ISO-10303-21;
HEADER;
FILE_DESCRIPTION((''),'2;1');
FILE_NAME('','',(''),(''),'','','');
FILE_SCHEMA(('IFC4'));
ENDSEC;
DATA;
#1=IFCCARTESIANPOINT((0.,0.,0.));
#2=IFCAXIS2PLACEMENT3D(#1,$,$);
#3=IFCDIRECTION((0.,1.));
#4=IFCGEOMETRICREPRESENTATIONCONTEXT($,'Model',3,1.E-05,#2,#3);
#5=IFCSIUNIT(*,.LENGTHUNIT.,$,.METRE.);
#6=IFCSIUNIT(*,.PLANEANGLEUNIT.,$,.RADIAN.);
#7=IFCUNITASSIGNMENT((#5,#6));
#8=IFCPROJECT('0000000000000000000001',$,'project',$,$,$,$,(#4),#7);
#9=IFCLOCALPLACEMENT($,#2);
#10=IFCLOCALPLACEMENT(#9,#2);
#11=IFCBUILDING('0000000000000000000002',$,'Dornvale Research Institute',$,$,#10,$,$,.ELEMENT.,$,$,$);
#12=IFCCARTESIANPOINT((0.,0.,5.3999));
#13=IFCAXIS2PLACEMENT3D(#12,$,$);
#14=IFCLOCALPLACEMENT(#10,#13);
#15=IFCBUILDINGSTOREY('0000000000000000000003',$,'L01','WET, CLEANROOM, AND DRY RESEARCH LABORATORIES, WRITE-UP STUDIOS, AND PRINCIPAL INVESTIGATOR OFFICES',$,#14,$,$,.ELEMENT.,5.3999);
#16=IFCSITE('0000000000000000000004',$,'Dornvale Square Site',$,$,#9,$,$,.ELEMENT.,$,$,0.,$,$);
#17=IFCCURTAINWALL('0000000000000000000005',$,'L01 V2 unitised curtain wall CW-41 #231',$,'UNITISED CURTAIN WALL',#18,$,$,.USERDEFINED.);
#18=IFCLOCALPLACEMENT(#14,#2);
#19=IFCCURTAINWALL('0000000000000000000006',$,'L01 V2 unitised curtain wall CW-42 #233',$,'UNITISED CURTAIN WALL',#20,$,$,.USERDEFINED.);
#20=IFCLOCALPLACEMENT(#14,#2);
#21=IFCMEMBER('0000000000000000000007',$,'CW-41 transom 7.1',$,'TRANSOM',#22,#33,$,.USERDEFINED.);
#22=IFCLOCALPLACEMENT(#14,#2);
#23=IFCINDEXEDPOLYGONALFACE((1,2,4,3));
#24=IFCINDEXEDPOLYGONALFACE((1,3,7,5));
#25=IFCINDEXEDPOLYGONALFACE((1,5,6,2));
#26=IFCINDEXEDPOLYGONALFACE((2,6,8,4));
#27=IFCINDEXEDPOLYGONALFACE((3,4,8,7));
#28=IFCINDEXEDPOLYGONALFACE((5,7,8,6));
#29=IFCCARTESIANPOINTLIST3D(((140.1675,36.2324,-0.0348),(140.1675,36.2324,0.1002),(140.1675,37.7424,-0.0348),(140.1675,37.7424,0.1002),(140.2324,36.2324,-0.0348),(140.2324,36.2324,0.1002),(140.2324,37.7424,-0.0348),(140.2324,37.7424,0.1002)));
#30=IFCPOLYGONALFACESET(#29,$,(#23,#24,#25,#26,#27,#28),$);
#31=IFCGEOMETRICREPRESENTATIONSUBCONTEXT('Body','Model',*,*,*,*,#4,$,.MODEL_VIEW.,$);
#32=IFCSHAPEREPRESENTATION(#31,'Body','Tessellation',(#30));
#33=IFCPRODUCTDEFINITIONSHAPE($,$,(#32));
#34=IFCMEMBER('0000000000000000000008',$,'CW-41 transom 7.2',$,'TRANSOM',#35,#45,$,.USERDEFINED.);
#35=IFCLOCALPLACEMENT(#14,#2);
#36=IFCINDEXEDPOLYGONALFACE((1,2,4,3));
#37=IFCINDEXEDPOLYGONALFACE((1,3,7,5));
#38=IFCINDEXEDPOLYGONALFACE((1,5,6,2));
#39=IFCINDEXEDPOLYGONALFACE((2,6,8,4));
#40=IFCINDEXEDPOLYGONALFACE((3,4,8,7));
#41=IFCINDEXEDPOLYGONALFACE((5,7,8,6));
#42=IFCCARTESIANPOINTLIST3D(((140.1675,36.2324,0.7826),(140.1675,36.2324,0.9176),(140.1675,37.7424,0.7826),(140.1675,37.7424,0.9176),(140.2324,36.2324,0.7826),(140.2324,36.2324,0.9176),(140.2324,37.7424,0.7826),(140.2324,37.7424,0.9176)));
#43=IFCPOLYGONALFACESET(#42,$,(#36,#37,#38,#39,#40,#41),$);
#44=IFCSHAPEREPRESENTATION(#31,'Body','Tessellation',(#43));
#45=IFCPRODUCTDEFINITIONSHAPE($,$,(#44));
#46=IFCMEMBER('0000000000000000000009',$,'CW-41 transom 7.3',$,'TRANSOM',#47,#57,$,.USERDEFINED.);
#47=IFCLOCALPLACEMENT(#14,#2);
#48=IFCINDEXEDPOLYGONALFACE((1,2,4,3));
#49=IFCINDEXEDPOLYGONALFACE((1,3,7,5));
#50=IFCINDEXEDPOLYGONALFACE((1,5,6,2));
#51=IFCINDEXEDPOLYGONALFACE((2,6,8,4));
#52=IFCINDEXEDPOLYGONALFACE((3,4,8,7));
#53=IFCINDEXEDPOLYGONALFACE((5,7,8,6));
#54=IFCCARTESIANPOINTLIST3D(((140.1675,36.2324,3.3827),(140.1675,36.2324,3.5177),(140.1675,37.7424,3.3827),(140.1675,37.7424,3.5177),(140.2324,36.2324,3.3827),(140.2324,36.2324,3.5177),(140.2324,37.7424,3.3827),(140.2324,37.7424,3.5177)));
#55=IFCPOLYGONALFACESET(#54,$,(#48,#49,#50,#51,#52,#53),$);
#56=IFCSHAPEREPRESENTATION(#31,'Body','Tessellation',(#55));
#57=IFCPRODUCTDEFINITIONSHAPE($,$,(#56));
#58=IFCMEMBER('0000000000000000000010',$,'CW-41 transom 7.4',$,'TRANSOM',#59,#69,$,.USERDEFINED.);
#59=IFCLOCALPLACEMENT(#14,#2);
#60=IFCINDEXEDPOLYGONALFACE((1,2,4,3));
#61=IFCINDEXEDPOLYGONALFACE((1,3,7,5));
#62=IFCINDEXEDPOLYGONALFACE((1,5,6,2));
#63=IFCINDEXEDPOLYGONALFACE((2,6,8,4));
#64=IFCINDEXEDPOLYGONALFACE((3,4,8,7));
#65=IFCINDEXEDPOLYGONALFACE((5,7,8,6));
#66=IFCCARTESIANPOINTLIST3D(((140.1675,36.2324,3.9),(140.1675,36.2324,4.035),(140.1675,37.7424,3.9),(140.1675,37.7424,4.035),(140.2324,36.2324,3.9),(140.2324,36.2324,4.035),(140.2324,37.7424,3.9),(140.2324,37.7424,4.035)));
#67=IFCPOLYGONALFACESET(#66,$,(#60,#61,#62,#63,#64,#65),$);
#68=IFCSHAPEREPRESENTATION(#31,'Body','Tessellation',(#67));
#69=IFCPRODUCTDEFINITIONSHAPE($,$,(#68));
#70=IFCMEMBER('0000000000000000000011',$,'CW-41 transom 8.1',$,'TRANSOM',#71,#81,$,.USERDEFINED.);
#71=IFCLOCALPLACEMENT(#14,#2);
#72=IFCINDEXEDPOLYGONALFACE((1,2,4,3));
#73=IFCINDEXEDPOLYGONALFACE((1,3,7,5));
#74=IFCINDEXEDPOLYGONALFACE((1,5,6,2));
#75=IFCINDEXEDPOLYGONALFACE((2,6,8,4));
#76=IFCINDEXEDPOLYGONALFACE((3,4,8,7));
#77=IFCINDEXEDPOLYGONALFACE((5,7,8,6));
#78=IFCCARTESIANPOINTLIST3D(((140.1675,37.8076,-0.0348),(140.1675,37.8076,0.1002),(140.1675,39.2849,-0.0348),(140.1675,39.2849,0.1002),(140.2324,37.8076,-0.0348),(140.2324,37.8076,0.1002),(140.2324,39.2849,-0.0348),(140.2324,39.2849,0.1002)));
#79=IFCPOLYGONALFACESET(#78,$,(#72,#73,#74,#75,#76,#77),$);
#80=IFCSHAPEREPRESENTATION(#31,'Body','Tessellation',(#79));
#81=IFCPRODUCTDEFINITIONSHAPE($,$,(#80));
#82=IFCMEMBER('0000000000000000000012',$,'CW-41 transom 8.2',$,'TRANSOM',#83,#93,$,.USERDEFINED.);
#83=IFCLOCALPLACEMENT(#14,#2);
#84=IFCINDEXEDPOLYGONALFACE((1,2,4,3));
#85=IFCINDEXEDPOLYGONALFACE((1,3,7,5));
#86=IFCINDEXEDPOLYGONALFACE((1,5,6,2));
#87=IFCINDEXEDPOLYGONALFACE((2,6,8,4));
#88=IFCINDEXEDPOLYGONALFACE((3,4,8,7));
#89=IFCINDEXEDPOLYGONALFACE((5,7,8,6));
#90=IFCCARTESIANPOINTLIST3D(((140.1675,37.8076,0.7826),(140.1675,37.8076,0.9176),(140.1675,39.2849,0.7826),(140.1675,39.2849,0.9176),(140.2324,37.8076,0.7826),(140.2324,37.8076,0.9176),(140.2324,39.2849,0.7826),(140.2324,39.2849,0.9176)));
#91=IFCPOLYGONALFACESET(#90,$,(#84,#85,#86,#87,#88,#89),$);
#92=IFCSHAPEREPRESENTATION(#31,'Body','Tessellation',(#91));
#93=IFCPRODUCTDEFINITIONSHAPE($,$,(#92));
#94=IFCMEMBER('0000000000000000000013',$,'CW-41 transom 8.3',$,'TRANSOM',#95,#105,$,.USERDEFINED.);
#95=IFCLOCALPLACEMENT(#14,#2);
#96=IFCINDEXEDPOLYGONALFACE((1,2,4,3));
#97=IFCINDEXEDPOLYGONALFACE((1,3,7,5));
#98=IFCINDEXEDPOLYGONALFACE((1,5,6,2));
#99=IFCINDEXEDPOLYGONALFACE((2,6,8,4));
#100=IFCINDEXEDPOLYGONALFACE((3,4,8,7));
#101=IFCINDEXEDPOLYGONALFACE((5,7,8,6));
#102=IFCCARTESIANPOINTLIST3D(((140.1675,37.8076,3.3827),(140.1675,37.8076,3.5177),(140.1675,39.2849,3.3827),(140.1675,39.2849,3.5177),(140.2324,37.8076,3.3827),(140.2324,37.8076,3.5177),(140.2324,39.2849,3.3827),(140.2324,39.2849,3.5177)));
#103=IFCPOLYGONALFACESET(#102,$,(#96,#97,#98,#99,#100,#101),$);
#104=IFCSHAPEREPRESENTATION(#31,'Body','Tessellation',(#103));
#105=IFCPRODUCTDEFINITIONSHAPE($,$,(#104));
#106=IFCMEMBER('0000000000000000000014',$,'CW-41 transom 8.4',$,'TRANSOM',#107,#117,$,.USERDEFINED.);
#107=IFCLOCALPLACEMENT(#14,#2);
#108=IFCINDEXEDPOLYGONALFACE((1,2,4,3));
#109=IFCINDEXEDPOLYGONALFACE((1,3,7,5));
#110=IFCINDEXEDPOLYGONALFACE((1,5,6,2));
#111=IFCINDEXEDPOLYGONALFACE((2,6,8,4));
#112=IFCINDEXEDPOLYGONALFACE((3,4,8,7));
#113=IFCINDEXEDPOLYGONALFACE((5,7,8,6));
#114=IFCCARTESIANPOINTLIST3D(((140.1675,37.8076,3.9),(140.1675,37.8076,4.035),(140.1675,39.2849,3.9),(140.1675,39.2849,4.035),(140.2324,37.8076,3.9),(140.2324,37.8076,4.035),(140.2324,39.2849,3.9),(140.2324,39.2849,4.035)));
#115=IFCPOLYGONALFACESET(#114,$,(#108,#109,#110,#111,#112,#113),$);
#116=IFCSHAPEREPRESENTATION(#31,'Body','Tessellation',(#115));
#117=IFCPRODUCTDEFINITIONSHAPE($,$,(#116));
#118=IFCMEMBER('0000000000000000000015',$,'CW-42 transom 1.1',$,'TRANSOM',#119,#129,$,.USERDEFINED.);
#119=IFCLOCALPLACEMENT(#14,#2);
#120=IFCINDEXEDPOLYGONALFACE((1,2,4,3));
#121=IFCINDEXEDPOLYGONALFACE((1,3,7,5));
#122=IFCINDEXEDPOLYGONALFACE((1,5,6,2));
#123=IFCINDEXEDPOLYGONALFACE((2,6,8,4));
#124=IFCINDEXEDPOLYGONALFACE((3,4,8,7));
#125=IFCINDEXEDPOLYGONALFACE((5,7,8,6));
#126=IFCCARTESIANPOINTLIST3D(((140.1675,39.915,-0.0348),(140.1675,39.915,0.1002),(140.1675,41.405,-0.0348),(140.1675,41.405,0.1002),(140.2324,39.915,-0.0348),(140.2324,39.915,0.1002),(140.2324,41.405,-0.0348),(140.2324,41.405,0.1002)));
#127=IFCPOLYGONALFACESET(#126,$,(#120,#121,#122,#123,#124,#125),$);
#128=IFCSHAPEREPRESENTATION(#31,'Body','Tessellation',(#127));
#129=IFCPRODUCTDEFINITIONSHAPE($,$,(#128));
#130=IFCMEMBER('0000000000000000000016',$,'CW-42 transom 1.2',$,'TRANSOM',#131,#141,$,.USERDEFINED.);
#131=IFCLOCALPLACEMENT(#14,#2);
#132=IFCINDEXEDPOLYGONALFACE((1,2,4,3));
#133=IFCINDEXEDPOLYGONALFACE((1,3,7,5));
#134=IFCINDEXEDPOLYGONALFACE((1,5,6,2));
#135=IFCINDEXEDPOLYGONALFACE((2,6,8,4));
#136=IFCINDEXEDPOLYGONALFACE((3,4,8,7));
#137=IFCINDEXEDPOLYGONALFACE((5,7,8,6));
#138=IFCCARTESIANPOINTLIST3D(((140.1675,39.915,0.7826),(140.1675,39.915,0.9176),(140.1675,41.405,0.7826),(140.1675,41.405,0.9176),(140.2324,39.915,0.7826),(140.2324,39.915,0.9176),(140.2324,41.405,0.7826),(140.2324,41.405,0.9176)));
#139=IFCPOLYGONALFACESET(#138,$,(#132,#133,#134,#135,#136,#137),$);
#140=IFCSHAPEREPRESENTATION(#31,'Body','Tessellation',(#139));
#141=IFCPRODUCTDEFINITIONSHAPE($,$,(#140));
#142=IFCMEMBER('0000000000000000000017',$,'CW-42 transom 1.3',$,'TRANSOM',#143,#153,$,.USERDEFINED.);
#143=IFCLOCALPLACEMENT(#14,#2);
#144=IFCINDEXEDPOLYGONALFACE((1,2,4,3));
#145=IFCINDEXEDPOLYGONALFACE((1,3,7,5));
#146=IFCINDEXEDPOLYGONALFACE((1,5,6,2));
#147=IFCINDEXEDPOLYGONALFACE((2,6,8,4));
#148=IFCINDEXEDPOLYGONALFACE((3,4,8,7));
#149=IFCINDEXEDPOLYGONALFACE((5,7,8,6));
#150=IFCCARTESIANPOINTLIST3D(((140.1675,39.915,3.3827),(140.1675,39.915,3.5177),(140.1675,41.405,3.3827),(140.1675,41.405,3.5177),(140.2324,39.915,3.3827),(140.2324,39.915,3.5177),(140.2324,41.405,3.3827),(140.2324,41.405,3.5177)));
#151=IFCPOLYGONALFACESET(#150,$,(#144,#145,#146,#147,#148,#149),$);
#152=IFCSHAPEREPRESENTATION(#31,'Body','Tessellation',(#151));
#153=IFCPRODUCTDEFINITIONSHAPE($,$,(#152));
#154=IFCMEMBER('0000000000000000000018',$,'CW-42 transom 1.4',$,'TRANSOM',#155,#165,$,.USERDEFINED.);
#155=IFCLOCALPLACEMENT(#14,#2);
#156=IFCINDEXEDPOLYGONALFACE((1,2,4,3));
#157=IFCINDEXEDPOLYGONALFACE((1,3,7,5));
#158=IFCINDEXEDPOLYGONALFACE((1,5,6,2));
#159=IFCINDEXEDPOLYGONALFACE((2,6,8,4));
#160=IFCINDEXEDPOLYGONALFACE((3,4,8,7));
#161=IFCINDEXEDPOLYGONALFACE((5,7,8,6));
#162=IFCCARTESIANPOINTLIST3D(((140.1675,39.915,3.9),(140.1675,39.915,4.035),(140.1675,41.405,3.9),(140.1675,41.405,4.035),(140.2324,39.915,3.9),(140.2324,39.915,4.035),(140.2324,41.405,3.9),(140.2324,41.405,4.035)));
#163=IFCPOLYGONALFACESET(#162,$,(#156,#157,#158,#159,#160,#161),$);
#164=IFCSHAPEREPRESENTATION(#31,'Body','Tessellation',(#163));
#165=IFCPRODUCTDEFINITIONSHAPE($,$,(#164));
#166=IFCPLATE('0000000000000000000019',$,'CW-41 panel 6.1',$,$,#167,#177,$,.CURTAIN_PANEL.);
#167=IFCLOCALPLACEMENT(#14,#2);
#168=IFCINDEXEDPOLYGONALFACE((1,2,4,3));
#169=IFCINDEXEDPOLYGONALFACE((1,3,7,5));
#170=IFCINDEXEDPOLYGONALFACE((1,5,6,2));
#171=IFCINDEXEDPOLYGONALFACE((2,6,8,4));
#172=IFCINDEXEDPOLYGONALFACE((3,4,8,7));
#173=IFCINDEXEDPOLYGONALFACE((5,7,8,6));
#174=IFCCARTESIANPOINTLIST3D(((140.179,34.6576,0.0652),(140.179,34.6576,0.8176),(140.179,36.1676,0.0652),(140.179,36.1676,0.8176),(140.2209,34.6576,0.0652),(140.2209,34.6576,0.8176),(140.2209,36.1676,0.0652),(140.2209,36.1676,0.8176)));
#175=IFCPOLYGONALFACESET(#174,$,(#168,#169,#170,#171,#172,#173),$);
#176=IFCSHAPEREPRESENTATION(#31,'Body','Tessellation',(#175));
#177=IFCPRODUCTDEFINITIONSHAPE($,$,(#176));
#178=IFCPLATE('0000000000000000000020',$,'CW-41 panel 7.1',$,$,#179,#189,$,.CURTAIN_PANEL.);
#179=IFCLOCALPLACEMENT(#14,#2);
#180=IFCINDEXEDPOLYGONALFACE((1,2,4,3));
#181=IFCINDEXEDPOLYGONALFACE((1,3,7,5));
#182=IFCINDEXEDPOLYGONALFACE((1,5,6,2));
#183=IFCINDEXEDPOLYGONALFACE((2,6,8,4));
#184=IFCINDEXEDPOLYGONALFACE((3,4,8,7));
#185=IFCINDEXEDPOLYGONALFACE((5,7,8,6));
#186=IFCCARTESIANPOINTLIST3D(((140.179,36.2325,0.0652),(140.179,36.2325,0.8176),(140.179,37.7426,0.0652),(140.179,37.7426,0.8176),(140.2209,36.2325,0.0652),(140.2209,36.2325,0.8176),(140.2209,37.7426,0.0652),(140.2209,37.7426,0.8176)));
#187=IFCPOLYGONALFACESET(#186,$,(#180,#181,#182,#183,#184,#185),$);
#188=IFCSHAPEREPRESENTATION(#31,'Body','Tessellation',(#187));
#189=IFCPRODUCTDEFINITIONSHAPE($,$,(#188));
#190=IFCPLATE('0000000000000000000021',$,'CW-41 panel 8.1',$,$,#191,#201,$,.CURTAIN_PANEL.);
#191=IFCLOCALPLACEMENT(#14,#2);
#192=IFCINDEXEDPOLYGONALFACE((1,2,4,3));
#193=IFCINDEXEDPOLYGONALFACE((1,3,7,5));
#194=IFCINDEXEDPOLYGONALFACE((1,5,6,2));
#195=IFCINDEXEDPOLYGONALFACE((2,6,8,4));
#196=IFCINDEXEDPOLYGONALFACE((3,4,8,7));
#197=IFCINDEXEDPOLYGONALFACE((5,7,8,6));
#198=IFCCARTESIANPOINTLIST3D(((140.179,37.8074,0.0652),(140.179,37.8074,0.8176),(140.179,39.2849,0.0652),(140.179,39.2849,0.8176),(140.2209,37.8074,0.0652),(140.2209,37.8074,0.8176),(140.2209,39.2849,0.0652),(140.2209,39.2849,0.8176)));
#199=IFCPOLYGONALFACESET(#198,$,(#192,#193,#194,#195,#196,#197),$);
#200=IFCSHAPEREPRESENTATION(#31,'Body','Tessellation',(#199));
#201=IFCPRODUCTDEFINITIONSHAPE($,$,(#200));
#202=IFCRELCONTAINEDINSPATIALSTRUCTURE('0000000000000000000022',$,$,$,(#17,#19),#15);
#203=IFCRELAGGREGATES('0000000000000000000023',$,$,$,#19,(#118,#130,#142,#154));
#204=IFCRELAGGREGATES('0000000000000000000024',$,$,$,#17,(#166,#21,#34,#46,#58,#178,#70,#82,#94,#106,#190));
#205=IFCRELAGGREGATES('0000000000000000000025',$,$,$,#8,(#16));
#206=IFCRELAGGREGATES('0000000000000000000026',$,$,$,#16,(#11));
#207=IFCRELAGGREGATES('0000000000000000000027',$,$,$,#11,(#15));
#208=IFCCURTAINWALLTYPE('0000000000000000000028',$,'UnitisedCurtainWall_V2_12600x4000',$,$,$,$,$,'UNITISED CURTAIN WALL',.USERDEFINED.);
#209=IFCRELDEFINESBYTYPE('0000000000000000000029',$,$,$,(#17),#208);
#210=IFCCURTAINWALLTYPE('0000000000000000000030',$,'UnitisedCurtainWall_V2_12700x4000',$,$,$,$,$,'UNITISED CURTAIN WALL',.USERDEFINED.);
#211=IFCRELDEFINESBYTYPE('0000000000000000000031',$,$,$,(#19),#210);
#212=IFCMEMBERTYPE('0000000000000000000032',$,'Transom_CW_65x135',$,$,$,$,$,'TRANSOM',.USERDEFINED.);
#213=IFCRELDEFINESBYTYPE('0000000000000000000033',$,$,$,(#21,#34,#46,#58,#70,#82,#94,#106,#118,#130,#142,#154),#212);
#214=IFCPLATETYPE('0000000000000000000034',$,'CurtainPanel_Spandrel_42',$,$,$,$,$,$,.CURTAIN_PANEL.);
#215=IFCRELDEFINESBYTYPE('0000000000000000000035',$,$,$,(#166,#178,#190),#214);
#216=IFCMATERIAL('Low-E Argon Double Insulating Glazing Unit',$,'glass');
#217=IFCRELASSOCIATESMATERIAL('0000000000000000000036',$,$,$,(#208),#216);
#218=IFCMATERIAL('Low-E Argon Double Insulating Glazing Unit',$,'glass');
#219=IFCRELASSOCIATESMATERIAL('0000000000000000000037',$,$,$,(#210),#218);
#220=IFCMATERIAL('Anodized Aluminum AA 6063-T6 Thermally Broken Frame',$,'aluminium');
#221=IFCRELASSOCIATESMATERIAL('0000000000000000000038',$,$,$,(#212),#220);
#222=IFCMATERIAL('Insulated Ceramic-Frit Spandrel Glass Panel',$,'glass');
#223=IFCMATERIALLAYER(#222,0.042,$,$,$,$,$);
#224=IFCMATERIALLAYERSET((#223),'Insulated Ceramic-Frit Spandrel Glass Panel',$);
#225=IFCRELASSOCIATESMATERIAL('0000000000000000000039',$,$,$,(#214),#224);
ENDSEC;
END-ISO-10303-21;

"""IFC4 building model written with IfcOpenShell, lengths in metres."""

from ifc_helpers import new_model, si_unit, direction, frame, origin, origin_2d, place, context, subcontext, project, spatial, rectangle, extrude, material, layer, layer_set, material_profile, profile_set, type_object, element, aggregate, save


model = new_model("IFC4")

# Units and contexts
model_context = context("Model", 3, precision=1e-05, world=origin(), true_north=direction((0.0, 1.0)))
body_context = subcontext(model_context, "Body", "Model", "MODEL_VIEW")
ifc_project = project(units=[si_unit("LENGTHUNIT", "METRE"), si_unit("PLANEANGLEUNIT", "RADIAN")], contexts=[model_context])

# Site, building, storey
site_placement = place(None, origin())
site = spatial("IfcSite", under=ifc_project, at=site_placement, Name="Dornvale Square Site", CompositionType="ELEMENT", RefElevation=0.0)
building_placement = place(site_placement, origin())
building = spatial("IfcBuilding", under=site, at=building_placement, Name="Dornvale Research Institute", CompositionType="ELEMENT")
storey_placement = place(building_placement, frame((0.0, 0.0, 5.3999)))
storey = spatial("IfcBuildingStorey", under=building, at=storey_placement, Name="L01", Description="WET, CLEANROOM, AND DRY RESEARCH LABORATORIES, WRITE-UP STUDIOS, AND PRINCIPAL INVESTIGATOR OFFICES", CompositionType="ELEMENT", Elevation=5.3999)

# Curtain wall
ifc_material_1 = material(Name="Low-E Argon Double Insulating Glazing Unit", Category="glass")
curtain_wall_type_1 = type_object("IfcCurtainWallType", Name="UnitisedCurtainWall_V2_12600x4000", ElementType="UNITISED CURTAIN WALL", PredefinedType="USERDEFINED", material=ifc_material_1)
curtain_wall_1_placement = place(storey_placement, origin())
curtain_wall_1 = element("IfcCurtainWall", 1, at=curtain_wall_1_placement, inside=storey, type_object=curtain_wall_type_1, Name="L01 V2 unitised curtain wall CW-41 #231", ObjectType="UNITISED CURTAIN WALL", PredefinedType="USERDEFINED")

# Curtain wall
ifc_material_2 = material(Name="Low-E Argon Double Insulating Glazing Unit", Category="glass")
curtain_wall_type_2 = type_object("IfcCurtainWallType", Name="UnitisedCurtainWall_V2_12700x4000", ElementType="UNITISED CURTAIN WALL", PredefinedType="USERDEFINED", material=ifc_material_2)
curtain_wall_2_placement = place(storey_placement, origin())
curtain_wall_2 = element("IfcCurtainWall", 2, at=curtain_wall_2_placement, inside=storey, type_object=curtain_wall_type_2, Name="L01 V2 unitised curtain wall CW-42 #233", ObjectType="UNITISED CURTAIN WALL", PredefinedType="USERDEFINED")

# Members
ifc_material_3 = material(Name="Anodized Aluminum AA 6063-T6 Thermally Broken Frame", Category="aluminium")
ifc_material_profile_1 = material_profile(ifc_material_3, rectangle(XDim=0.0649, YDim=0.135, at=origin_2d()), Name="ALU TRANSOM 65x135")
ifc_profile_set_1 = profile_set([ifc_material_profile_1], Name="Anodized Aluminum AA 6063-T6 Thermally Broken Frame")
member_type_1 = type_object("IfcMemberType", Name="Transom_CW_65x135", ElementType="TRANSOM", PredefinedType="USERDEFINED", material=ifc_profile_set_1)
member_1_placement = place(storey_placement, frame((140.2, 36.2324, 0.0327), z_axis=(0.0, 1.0, 0.0), x_axis=(-1.0, 0.0, 0.0)))
member_1 = element("IfcMember", 3, at=member_1_placement, type_object=member_type_1, Name="CW-41 transom 7.1", ObjectType="TRANSOM", PredefinedType="USERDEFINED", context=body_context, shape_type="SweptSolid", body=[
    extrude(rectangle(XDim=0.0649, YDim=0.135, at=origin_2d()), origin(), (0.0, 0.0, 1.0), 1.51),
])
member_2_placement = place(storey_placement, frame((140.2, 36.2324, 0.8501), z_axis=(0.0, 1.0, 0.0), x_axis=(-1.0, 0.0, 0.0)))
member_2 = element("IfcMember", 4, at=member_2_placement, type_object=member_type_1, Name="CW-41 transom 7.2", ObjectType="TRANSOM", PredefinedType="USERDEFINED", context=body_context, shape_type="SweptSolid", body=[
    extrude(rectangle(XDim=0.0649, YDim=0.135, at=origin_2d()), origin(), (0.0, 0.0, 1.0), 1.51),
])
member_3_placement = place(storey_placement, frame((140.2, 36.2324, 3.4502), z_axis=(0.0, 1.0, 0.0), x_axis=(-1.0, 0.0, 0.0)))
member_3 = element("IfcMember", 5, at=member_3_placement, type_object=member_type_1, Name="CW-41 transom 7.3", ObjectType="TRANSOM", PredefinedType="USERDEFINED", context=body_context, shape_type="SweptSolid", body=[
    extrude(rectangle(XDim=0.0649, YDim=0.135, at=origin_2d()), origin(), (0.0, 0.0, 1.0), 1.51),
])
member_4_placement = place(storey_placement, frame((140.2, 36.2324, 3.9675), z_axis=(0.0, 1.0, 0.0), x_axis=(-1.0, 0.0, 0.0)))
member_4 = element("IfcMember", 6, at=member_4_placement, type_object=member_type_1, Name="CW-41 transom 7.4", ObjectType="TRANSOM", PredefinedType="USERDEFINED", context=body_context, shape_type="SweptSolid", body=[
    extrude(rectangle(XDim=0.0649, YDim=0.135, at=origin_2d()), origin(), (0.0, 0.0, 1.0), 1.51),
])
member_5_placement = place(storey_placement, frame((140.2, 37.8076, 0.0327), z_axis=(0.0, 1.0, 0.0), x_axis=(-1.0, 0.0, 0.0)))
member_5 = element("IfcMember", 7, at=member_5_placement, type_object=member_type_1, Name="CW-41 transom 8.1", ObjectType="TRANSOM", PredefinedType="USERDEFINED", context=body_context, shape_type="SweptSolid", body=[
    extrude(rectangle(XDim=0.0649, YDim=0.135, at=origin_2d()), origin(), (0.0, 0.0, 1.0), 1.4773),
])
member_6_placement = place(storey_placement, frame((140.2, 37.8076, 0.8501), z_axis=(0.0, 1.0, 0.0), x_axis=(-1.0, 0.0, 0.0)))
member_6 = element("IfcMember", 8, at=member_6_placement, type_object=member_type_1, Name="CW-41 transom 8.2", ObjectType="TRANSOM", PredefinedType="USERDEFINED", context=body_context, shape_type="SweptSolid", body=[
    extrude(rectangle(XDim=0.0649, YDim=0.135, at=origin_2d()), origin(), (0.0, 0.0, 1.0), 1.4773),
])
member_7_placement = place(storey_placement, frame((140.2, 37.8076, 3.4502), z_axis=(0.0, 1.0, 0.0), x_axis=(-1.0, 0.0, 0.0)))
member_7 = element("IfcMember", 9, at=member_7_placement, type_object=member_type_1, Name="CW-41 transom 8.3", ObjectType="TRANSOM", PredefinedType="USERDEFINED", context=body_context, shape_type="SweptSolid", body=[
    extrude(rectangle(XDim=0.0649, YDim=0.135, at=origin_2d()), origin(), (0.0, 0.0, 1.0), 1.4773),
])
member_8_placement = place(storey_placement, frame((140.2, 37.8076, 3.9675), z_axis=(0.0, 1.0, 0.0), x_axis=(-1.0, 0.0, 0.0)))
member_8 = element("IfcMember", 10, at=member_8_placement, type_object=member_type_1, Name="CW-41 transom 8.4", ObjectType="TRANSOM", PredefinedType="USERDEFINED", context=body_context, shape_type="SweptSolid", body=[
    extrude(rectangle(XDim=0.0649, YDim=0.135, at=origin_2d()), origin(), (0.0, 0.0, 1.0), 1.4773),
])
member_9_placement = place(storey_placement, frame((140.2, 39.915, 0.0327), z_axis=(0.0, 1.0, 0.0), x_axis=(-1.0, 0.0, 0.0)))
member_9 = element("IfcMember", 11, at=member_9_placement, type_object=member_type_1, Name="CW-42 transom 1.1", ObjectType="TRANSOM", PredefinedType="USERDEFINED", context=body_context, shape_type="SweptSolid", body=[
    extrude(rectangle(XDim=0.0649, YDim=0.135, at=origin_2d()), origin(), (0.0, 0.0, 1.0), 1.49),
])
member_10_placement = place(storey_placement, frame((140.2, 39.915, 0.8501), z_axis=(0.0, 1.0, 0.0), x_axis=(-1.0, 0.0, 0.0)))
member_10 = element("IfcMember", 12, at=member_10_placement, type_object=member_type_1, Name="CW-42 transom 1.2", ObjectType="TRANSOM", PredefinedType="USERDEFINED", context=body_context, shape_type="SweptSolid", body=[
    extrude(rectangle(XDim=0.0649, YDim=0.135, at=origin_2d()), origin(), (0.0, 0.0, 1.0), 1.49),
])
member_11_placement = place(storey_placement, frame((140.2, 39.915, 3.4502), z_axis=(0.0, 1.0, 0.0), x_axis=(-1.0, 0.0, 0.0)))
member_11 = element("IfcMember", 13, at=member_11_placement, type_object=member_type_1, Name="CW-42 transom 1.3", ObjectType="TRANSOM", PredefinedType="USERDEFINED", context=body_context, shape_type="SweptSolid", body=[
    extrude(rectangle(XDim=0.0649, YDim=0.135, at=origin_2d()), origin(), (0.0, 0.0, 1.0), 1.49),
])
member_12_placement = place(storey_placement, frame((140.2, 39.915, 3.9675), z_axis=(0.0, 1.0, 0.0), x_axis=(-1.0, 0.0, 0.0)))
member_12 = element("IfcMember", 14, at=member_12_placement, type_object=member_type_1, Name="CW-42 transom 1.4", ObjectType="TRANSOM", PredefinedType="USERDEFINED", context=body_context, shape_type="SweptSolid", body=[
    extrude(rectangle(XDim=0.0649, YDim=0.135, at=origin_2d()), origin(), (0.0, 0.0, 1.0), 1.49),
])

# Plates
ifc_material_4 = material(Name="Insulated Ceramic-Frit Spandrel Glass Panel", Category="glass")
ifc_layer_1 = layer(ifc_material_4, 0.042)
ifc_layer_set_1 = layer_set([ifc_layer_1], Name="Insulated Ceramic-Frit Spandrel Glass Panel")
plate_type_1 = type_object("IfcPlateType", Name="CurtainPanel_Spandrel_42", PredefinedType="CURTAIN_PANEL", material=ifc_layer_set_1)
plate_1_placement = place(storey_placement, frame((140.2, 35.4126, 0.0652), z_axis=(0.0, 0.0, 1.0), x_axis=(0.0, 1.0, 0.0)))
plate_1 = element("IfcPlate", 15, at=plate_1_placement, type_object=plate_type_1, Name="CW-41 panel 6.1", PredefinedType="CURTAIN_PANEL", context=body_context, shape_type="SweptSolid", body=[
    extrude(rectangle(XDim=1.51, YDim=0.042, at=origin_2d()), origin(), (0.0, 0.0, 1.0), 0.7524),
])
plate_2_placement = place(storey_placement, frame((140.2, 36.9875, 0.0652), z_axis=(0.0, 0.0, 1.0), x_axis=(0.0, 1.0, 0.0)))
plate_2 = element("IfcPlate", 16, at=plate_2_placement, type_object=plate_type_1, Name="CW-41 panel 7.1", PredefinedType="CURTAIN_PANEL", context=body_context, shape_type="SweptSolid", body=[
    extrude(rectangle(XDim=1.51, YDim=0.042, at=origin_2d()), origin(), (0.0, 0.0, 1.0), 0.7524),
])
plate_3_placement = place(storey_placement, frame((140.2, 38.5461, 0.0652), z_axis=(0.0, 0.0, 1.0), x_axis=(0.0, 1.0, 0.0)))
plate_3 = element("IfcPlate", 17, at=plate_3_placement, type_object=plate_type_1, Name="CW-41 panel 8.1", PredefinedType="CURTAIN_PANEL", context=body_context, shape_type="SweptSolid", body=[
    extrude(rectangle(XDim=1.4775, YDim=0.042, at=origin_2d()), origin(), (0.0, 0.0, 1.0), 0.7524),
])
aggregate(curtain_wall_2, [member_9, member_10, member_11, member_12])
aggregate(curtain_wall_1, [plate_1, member_1, member_2, member_3, member_4, plate_2, member_5, member_6, member_7, member_8, plate_3])

save(model, "model.ifc")
